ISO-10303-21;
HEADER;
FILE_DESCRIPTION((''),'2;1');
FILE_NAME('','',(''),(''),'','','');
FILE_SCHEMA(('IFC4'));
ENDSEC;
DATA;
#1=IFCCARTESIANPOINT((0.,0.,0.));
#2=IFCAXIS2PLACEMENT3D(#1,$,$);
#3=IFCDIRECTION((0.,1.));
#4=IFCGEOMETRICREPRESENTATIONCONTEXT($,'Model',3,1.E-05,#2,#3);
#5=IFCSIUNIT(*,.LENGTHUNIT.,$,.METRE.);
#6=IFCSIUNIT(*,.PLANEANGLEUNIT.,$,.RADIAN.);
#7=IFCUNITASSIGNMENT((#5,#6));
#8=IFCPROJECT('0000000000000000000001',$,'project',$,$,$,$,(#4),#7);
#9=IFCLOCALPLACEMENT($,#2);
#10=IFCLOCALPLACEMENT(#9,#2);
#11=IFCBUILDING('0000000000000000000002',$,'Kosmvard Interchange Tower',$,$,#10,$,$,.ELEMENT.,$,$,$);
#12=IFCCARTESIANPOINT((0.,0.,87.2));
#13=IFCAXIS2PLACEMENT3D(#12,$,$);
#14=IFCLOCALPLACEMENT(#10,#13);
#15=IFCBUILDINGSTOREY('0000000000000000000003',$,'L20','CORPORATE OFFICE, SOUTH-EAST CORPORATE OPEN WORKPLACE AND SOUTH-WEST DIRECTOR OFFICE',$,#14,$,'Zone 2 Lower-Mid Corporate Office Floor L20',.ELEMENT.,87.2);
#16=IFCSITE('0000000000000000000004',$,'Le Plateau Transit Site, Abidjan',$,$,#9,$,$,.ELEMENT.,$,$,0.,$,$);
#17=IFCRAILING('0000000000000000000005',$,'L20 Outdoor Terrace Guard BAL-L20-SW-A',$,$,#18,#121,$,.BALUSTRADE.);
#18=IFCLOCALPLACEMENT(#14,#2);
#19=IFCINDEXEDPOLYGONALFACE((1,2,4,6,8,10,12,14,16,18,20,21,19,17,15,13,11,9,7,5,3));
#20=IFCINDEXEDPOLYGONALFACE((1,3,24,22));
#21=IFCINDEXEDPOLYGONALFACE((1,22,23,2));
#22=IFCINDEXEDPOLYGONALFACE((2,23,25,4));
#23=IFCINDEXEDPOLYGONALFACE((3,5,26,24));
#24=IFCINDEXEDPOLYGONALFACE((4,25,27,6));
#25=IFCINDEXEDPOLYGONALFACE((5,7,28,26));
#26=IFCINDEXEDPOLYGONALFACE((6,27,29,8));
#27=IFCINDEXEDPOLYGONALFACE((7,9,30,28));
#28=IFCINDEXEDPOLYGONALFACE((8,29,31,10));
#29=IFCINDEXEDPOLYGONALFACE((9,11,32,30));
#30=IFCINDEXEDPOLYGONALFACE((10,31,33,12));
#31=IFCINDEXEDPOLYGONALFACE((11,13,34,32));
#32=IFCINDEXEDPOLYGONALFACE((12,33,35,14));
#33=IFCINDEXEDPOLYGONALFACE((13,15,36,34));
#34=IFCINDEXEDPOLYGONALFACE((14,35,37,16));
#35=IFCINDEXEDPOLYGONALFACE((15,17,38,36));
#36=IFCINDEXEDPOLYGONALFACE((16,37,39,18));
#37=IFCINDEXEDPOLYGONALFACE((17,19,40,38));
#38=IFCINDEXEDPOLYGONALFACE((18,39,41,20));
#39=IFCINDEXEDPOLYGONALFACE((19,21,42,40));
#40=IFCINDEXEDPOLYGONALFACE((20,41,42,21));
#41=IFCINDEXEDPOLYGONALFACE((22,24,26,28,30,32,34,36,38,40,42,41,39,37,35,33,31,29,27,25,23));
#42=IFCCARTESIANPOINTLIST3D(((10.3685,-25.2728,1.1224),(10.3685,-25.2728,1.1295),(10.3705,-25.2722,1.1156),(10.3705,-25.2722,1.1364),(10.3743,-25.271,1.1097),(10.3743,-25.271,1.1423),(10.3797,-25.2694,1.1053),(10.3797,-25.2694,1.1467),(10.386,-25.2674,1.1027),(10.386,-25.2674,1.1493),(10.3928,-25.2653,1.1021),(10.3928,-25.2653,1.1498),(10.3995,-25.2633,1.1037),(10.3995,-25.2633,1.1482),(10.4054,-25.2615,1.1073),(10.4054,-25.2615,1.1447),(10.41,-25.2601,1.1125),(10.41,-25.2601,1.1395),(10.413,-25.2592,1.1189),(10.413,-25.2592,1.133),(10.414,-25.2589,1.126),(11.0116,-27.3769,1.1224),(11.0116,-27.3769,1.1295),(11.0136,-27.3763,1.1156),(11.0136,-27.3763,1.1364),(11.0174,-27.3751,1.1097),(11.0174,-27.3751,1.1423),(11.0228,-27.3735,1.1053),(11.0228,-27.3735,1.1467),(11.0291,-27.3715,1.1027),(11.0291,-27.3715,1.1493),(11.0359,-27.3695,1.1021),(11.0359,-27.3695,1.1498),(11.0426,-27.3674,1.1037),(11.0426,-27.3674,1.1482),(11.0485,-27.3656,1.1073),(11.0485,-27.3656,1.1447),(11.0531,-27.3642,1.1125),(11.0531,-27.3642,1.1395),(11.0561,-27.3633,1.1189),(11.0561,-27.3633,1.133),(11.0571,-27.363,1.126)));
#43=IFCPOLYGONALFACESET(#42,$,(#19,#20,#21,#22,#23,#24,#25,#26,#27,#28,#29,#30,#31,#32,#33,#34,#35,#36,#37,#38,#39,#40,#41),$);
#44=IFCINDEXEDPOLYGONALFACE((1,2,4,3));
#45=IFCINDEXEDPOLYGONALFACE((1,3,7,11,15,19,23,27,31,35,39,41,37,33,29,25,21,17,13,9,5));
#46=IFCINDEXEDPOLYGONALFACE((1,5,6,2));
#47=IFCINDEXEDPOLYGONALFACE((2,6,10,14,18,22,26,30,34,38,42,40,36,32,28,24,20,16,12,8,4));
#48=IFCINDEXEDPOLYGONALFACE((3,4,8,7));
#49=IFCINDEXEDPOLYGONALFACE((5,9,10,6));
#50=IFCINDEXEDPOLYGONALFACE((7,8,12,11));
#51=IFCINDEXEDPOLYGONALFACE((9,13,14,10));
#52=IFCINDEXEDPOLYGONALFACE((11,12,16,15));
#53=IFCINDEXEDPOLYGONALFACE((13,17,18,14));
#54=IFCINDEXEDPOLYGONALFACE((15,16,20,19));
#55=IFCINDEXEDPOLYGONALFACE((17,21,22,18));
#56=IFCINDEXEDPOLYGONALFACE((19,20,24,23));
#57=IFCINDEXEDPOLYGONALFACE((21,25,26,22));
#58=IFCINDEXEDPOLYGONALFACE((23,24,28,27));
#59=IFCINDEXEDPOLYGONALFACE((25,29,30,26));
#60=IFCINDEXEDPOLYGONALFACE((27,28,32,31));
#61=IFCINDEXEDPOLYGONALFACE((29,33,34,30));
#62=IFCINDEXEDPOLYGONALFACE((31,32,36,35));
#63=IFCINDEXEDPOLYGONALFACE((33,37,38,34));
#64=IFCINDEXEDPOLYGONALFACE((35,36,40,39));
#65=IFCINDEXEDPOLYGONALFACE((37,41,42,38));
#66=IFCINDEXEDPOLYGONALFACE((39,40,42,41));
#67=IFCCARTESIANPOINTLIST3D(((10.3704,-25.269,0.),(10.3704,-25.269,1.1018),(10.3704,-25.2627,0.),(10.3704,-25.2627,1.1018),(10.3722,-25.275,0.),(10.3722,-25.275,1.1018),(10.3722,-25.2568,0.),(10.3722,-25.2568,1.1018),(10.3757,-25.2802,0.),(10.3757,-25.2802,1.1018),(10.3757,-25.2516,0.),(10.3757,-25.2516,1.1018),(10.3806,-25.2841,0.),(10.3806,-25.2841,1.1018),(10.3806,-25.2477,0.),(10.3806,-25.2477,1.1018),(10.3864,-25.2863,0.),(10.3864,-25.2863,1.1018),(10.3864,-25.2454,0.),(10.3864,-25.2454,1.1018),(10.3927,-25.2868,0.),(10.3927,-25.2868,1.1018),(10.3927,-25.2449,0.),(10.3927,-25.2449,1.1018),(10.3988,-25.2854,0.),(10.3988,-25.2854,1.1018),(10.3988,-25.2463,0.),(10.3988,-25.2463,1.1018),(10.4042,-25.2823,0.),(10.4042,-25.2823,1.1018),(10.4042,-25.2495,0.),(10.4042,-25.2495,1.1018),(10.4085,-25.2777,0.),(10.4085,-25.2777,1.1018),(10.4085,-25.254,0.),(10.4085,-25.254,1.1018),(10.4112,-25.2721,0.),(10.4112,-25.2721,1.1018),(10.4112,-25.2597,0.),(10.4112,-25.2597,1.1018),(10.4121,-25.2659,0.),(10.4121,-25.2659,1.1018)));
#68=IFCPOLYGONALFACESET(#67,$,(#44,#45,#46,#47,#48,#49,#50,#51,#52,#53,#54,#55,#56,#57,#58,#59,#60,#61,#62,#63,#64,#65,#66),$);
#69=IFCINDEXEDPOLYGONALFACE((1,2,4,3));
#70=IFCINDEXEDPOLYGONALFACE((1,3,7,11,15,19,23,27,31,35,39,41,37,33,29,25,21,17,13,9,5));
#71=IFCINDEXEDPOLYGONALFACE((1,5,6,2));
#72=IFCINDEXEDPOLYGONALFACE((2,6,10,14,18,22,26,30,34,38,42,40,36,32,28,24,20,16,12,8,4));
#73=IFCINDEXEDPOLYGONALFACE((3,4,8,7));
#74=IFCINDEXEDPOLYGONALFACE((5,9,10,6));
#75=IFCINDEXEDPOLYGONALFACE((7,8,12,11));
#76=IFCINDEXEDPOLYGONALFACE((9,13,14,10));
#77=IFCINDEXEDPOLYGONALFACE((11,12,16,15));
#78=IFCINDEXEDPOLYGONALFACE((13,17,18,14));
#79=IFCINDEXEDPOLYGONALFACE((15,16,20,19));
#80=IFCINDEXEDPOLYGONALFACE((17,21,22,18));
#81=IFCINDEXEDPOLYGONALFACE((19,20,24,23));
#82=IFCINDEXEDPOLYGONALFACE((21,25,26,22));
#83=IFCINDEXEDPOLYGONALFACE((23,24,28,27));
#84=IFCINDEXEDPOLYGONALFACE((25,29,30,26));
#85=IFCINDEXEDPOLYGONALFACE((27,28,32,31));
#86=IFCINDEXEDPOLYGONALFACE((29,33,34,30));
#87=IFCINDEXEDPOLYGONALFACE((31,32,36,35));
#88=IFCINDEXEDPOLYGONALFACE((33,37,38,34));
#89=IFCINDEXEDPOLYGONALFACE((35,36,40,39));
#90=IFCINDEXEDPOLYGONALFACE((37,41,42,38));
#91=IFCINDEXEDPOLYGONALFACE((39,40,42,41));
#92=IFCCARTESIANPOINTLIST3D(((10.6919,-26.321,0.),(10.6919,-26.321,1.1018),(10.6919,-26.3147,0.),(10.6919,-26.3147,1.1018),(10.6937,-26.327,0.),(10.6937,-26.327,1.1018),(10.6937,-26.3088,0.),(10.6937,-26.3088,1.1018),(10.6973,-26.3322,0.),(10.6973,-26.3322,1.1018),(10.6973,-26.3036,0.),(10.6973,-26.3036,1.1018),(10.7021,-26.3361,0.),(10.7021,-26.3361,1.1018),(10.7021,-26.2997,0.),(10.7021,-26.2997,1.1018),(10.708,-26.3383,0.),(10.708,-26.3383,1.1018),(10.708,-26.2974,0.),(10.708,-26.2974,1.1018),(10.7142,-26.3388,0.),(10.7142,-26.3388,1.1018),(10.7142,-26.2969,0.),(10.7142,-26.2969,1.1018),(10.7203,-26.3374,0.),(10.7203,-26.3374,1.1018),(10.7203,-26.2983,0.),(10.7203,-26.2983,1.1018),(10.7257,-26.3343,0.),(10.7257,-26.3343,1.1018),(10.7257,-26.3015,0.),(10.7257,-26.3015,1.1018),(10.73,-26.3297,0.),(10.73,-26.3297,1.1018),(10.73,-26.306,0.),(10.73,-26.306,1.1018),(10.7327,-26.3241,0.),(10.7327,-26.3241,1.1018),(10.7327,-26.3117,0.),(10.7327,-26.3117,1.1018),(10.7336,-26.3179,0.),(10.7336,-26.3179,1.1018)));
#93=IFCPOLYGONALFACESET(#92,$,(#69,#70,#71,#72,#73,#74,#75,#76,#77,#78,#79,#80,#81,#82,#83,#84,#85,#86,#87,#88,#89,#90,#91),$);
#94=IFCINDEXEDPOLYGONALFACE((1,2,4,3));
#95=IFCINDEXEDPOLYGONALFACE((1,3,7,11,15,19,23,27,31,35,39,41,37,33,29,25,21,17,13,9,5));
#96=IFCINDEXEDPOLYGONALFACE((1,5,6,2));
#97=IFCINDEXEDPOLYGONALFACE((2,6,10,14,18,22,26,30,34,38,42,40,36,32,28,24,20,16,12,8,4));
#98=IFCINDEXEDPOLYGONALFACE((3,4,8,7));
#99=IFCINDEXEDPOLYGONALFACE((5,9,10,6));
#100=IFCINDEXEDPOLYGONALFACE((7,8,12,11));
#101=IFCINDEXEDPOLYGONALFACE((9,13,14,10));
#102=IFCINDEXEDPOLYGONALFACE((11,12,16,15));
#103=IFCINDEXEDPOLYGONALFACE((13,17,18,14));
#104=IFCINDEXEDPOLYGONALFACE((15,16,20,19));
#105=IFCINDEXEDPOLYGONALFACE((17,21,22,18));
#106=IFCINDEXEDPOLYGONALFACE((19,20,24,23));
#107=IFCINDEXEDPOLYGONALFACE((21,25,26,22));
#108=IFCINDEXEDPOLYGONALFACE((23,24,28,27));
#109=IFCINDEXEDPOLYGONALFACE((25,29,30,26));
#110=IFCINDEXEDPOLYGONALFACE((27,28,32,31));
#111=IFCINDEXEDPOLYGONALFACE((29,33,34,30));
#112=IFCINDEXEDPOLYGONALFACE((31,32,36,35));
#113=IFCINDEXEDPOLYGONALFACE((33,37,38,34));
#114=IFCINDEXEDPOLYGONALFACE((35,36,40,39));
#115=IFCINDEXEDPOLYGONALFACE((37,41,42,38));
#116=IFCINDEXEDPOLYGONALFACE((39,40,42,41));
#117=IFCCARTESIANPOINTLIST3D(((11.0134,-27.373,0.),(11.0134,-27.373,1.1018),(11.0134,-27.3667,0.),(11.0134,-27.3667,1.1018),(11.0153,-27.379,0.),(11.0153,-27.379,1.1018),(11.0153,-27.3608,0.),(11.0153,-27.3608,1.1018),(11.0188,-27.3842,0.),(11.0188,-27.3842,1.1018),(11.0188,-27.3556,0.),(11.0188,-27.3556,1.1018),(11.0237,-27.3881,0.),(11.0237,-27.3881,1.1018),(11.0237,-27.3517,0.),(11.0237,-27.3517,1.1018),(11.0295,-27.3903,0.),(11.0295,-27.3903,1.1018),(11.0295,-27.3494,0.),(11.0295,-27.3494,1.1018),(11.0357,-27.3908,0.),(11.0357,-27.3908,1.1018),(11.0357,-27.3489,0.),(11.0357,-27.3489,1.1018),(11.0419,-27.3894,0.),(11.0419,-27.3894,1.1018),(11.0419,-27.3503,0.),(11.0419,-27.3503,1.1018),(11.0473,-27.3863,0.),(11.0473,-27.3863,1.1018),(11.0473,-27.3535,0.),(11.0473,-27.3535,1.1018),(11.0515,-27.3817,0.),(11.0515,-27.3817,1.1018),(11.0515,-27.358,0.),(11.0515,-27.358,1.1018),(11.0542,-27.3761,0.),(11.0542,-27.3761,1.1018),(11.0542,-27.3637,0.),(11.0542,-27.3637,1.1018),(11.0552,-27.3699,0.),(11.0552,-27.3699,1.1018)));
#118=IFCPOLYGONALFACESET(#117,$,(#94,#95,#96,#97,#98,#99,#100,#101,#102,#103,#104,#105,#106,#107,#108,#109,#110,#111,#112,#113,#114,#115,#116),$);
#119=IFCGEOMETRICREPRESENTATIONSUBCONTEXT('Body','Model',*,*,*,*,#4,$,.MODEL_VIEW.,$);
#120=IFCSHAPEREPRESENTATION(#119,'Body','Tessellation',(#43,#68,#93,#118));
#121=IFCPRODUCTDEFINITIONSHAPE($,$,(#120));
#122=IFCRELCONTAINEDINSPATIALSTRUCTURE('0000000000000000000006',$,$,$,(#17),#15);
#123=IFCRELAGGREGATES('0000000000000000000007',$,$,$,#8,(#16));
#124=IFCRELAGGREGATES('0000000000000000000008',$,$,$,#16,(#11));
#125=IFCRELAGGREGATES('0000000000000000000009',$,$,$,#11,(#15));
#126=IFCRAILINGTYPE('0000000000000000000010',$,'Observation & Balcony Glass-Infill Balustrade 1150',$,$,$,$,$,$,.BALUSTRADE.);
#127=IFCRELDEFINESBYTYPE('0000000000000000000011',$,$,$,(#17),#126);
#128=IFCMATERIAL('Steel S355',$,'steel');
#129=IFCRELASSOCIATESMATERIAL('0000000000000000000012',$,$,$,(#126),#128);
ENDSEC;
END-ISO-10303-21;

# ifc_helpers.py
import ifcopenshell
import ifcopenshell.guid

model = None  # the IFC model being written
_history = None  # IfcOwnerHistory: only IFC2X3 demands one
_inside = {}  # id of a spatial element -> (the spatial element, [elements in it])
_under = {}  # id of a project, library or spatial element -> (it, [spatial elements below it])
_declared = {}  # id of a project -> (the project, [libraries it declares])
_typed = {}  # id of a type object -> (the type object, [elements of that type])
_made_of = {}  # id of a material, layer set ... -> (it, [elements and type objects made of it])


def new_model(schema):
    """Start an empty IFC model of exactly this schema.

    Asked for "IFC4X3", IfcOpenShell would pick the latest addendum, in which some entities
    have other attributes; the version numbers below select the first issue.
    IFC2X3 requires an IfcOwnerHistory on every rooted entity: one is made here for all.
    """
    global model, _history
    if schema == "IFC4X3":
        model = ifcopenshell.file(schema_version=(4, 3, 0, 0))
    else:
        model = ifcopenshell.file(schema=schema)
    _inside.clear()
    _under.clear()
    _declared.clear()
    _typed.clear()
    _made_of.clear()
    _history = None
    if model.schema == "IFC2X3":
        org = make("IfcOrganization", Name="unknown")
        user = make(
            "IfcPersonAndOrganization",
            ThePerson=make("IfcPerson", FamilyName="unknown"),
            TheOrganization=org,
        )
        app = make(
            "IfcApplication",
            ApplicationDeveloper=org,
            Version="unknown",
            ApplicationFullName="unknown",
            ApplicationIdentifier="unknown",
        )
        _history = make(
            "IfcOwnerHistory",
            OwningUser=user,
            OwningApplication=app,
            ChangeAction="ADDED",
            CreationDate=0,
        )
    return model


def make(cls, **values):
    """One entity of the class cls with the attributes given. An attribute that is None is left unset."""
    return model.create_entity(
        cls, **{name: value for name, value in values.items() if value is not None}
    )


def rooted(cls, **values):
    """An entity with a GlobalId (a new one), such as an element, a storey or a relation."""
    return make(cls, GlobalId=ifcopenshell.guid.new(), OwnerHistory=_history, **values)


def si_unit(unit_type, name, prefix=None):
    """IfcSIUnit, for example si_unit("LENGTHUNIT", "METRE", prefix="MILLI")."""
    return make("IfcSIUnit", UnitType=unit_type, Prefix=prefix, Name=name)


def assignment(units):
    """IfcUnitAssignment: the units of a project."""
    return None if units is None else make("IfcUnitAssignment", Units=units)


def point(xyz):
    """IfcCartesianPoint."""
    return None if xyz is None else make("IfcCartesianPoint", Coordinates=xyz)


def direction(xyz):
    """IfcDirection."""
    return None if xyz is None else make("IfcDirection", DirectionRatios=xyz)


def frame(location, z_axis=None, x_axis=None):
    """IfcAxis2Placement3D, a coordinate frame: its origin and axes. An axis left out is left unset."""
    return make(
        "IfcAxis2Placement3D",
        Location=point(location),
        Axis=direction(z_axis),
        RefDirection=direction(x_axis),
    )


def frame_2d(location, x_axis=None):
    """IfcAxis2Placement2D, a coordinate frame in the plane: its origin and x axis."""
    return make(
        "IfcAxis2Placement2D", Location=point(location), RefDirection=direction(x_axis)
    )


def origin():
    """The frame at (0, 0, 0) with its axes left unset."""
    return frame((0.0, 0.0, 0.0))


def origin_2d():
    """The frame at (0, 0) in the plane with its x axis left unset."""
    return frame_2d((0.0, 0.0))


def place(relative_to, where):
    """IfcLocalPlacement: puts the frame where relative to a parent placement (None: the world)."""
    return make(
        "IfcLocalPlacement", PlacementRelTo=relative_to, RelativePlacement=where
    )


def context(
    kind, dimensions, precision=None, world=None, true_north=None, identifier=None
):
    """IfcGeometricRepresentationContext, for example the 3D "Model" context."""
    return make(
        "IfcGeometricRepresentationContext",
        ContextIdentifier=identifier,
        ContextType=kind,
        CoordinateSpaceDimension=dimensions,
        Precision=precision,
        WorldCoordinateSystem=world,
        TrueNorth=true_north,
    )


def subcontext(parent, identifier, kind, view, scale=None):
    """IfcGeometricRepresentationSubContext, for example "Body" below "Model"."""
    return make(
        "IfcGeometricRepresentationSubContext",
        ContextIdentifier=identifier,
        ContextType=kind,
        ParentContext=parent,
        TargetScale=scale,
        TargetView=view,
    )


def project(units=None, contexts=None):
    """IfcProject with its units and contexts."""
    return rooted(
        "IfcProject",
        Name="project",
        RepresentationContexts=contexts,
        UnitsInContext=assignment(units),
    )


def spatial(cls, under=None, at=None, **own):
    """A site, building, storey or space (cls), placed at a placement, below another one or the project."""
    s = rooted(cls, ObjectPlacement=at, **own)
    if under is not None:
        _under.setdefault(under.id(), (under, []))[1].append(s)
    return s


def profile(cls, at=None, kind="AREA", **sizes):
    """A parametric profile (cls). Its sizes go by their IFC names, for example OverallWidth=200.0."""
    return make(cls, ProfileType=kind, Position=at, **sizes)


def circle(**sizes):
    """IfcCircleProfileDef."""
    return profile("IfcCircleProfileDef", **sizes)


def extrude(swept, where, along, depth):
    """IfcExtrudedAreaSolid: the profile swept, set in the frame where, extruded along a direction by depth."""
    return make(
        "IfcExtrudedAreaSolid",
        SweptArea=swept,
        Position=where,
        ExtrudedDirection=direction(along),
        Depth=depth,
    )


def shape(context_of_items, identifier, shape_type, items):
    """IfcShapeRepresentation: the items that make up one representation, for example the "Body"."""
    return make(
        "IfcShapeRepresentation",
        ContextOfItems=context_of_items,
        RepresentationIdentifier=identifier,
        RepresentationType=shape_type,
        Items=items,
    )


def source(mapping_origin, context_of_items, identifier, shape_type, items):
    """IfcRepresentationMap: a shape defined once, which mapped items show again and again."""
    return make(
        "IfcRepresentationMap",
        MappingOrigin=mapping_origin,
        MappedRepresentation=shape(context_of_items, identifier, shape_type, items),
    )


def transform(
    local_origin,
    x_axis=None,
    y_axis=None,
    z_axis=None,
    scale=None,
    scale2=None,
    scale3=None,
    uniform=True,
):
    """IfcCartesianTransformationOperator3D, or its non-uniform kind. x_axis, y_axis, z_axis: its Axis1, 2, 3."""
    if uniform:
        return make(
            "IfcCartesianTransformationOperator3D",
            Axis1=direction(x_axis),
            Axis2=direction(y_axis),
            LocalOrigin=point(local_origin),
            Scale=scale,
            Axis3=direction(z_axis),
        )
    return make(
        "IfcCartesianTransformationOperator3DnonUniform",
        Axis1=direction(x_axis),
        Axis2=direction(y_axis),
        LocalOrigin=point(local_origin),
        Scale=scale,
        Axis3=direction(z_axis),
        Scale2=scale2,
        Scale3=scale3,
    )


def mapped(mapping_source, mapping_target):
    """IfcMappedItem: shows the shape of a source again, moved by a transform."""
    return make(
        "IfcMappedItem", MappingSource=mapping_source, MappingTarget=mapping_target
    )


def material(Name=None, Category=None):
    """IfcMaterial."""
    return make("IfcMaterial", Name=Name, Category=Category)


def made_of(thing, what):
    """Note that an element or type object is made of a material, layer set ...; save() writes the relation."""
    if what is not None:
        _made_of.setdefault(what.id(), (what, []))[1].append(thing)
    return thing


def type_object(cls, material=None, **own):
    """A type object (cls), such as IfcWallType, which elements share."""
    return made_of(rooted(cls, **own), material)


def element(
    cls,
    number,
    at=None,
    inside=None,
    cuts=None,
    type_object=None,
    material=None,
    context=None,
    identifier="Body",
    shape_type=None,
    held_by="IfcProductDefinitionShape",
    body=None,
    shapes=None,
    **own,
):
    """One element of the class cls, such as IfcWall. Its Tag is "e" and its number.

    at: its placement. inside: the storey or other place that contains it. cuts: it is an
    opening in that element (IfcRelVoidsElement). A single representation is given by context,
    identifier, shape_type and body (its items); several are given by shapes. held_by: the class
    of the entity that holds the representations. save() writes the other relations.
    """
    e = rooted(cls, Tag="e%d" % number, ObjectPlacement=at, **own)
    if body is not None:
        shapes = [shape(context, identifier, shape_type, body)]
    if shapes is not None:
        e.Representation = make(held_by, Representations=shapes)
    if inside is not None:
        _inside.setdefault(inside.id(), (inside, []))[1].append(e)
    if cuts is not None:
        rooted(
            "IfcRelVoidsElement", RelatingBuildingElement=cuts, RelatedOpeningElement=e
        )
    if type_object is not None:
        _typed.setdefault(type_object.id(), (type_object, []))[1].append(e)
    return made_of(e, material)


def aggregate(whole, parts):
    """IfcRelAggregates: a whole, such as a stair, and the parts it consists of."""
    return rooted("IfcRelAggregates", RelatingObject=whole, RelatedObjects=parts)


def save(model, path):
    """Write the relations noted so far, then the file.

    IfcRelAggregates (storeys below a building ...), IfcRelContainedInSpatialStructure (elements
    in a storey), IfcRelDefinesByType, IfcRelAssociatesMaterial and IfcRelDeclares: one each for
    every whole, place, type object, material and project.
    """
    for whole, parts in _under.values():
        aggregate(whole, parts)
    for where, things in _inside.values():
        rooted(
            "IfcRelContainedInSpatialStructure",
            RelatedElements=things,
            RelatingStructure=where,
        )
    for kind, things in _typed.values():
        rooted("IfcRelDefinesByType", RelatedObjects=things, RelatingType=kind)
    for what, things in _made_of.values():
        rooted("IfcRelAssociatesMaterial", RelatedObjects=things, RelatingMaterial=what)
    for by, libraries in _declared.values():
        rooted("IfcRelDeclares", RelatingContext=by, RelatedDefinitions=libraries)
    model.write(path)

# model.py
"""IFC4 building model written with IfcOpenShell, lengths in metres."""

from ifc_helpers import new_model, si_unit, direction, frame, origin, origin_2d, place, context, subcontext, project, spatial, circle, extrude, source, transform, mapped, material, type_object, element, save


model = new_model("IFC4")

# Units and contexts
model_context = context("Model", 3, precision=1e-05, world=origin(), true_north=direction((0.0, 1.0)))
body_context = subcontext(model_context, "Body", "Model", "MODEL_VIEW")
ifc_project = project(units=[si_unit("LENGTHUNIT", "METRE"), si_unit("PLANEANGLEUNIT", "RADIAN")], contexts=[model_context])

# Site, building, storey
site_placement = place(None, origin())
site = spatial("IfcSite", under=ifc_project, at=site_placement, Name="Le Plateau Transit Site, Abidjan", CompositionType="ELEMENT", RefElevation=0.0)
building_placement = place(site_placement, origin())
building = spatial("IfcBuilding", under=site, at=building_placement, Name="Kosmvard Interchange Tower", CompositionType="ELEMENT")
storey_placement = place(building_placement, frame((0.0, 0.0, 87.2)))
storey = spatial("IfcBuildingStorey", under=building, at=storey_placement, Name="L20", Description="CORPORATE OFFICE, SOUTH-EAST CORPORATE OPEN WORKPLACE AND SOUTH-WEST DIRECTOR OFFICE", LongName="Zone 2 Lower-Mid Corporate Office Floor L20", CompositionType="ELEMENT", Elevation=87.2)

# Shared definitions
ifc_material_1 = material(Name="Steel S355", Category="steel")

# Railing
railing_type = type_object("IfcRailingType", Name="Observation & Balcony Glass-Infill Balustrade 1150", PredefinedType="BALUSTRADE", material=ifc_material_1)
shared_shape_1 = source(origin(), body_context, "Body", "SweptSolid", [
    extrude(circle(Radius=0.0239, at=origin_2d()), frame((0.0, 0.0, 1.126), z_axis=(0.292292, -0.956329, 0.0), x_axis=(0.956329, 0.292292, 0.0)), (0.0, 0.0, 1.0), 2.2002),
    extrude(circle(Radius=0.021, at=origin_2d()), origin(), (0.0, 0.0, 1.0), 1.1018),
    extrude(circle(Radius=0.021, at=origin_2d()), frame((0.3215, -1.052, 0.0)), (0.0, 0.0, 1.0), 1.1018),
    extrude(circle(Radius=0.021, at=origin_2d()), frame((0.6431, -2.104, 0.0)), (0.0, 0.0, 1.0), 1.1018),
])
railing_1_placement = place(storey_placement, frame((10.3911, -25.2659, 0.0)))
element("IfcRailing", 1, at=railing_1_placement, inside=storey, type_object=railing_type, Name="L20 Outdoor Terrace Guard BAL-L20-SW-A", PredefinedType="BALUSTRADE", context=body_context, shape_type="MappedRepresentation", body=[
    mapped(shared_shape_1, transform((0.0, 0.0, 0.0), scale=1.0)),
])

save(model, "model.ifc")
